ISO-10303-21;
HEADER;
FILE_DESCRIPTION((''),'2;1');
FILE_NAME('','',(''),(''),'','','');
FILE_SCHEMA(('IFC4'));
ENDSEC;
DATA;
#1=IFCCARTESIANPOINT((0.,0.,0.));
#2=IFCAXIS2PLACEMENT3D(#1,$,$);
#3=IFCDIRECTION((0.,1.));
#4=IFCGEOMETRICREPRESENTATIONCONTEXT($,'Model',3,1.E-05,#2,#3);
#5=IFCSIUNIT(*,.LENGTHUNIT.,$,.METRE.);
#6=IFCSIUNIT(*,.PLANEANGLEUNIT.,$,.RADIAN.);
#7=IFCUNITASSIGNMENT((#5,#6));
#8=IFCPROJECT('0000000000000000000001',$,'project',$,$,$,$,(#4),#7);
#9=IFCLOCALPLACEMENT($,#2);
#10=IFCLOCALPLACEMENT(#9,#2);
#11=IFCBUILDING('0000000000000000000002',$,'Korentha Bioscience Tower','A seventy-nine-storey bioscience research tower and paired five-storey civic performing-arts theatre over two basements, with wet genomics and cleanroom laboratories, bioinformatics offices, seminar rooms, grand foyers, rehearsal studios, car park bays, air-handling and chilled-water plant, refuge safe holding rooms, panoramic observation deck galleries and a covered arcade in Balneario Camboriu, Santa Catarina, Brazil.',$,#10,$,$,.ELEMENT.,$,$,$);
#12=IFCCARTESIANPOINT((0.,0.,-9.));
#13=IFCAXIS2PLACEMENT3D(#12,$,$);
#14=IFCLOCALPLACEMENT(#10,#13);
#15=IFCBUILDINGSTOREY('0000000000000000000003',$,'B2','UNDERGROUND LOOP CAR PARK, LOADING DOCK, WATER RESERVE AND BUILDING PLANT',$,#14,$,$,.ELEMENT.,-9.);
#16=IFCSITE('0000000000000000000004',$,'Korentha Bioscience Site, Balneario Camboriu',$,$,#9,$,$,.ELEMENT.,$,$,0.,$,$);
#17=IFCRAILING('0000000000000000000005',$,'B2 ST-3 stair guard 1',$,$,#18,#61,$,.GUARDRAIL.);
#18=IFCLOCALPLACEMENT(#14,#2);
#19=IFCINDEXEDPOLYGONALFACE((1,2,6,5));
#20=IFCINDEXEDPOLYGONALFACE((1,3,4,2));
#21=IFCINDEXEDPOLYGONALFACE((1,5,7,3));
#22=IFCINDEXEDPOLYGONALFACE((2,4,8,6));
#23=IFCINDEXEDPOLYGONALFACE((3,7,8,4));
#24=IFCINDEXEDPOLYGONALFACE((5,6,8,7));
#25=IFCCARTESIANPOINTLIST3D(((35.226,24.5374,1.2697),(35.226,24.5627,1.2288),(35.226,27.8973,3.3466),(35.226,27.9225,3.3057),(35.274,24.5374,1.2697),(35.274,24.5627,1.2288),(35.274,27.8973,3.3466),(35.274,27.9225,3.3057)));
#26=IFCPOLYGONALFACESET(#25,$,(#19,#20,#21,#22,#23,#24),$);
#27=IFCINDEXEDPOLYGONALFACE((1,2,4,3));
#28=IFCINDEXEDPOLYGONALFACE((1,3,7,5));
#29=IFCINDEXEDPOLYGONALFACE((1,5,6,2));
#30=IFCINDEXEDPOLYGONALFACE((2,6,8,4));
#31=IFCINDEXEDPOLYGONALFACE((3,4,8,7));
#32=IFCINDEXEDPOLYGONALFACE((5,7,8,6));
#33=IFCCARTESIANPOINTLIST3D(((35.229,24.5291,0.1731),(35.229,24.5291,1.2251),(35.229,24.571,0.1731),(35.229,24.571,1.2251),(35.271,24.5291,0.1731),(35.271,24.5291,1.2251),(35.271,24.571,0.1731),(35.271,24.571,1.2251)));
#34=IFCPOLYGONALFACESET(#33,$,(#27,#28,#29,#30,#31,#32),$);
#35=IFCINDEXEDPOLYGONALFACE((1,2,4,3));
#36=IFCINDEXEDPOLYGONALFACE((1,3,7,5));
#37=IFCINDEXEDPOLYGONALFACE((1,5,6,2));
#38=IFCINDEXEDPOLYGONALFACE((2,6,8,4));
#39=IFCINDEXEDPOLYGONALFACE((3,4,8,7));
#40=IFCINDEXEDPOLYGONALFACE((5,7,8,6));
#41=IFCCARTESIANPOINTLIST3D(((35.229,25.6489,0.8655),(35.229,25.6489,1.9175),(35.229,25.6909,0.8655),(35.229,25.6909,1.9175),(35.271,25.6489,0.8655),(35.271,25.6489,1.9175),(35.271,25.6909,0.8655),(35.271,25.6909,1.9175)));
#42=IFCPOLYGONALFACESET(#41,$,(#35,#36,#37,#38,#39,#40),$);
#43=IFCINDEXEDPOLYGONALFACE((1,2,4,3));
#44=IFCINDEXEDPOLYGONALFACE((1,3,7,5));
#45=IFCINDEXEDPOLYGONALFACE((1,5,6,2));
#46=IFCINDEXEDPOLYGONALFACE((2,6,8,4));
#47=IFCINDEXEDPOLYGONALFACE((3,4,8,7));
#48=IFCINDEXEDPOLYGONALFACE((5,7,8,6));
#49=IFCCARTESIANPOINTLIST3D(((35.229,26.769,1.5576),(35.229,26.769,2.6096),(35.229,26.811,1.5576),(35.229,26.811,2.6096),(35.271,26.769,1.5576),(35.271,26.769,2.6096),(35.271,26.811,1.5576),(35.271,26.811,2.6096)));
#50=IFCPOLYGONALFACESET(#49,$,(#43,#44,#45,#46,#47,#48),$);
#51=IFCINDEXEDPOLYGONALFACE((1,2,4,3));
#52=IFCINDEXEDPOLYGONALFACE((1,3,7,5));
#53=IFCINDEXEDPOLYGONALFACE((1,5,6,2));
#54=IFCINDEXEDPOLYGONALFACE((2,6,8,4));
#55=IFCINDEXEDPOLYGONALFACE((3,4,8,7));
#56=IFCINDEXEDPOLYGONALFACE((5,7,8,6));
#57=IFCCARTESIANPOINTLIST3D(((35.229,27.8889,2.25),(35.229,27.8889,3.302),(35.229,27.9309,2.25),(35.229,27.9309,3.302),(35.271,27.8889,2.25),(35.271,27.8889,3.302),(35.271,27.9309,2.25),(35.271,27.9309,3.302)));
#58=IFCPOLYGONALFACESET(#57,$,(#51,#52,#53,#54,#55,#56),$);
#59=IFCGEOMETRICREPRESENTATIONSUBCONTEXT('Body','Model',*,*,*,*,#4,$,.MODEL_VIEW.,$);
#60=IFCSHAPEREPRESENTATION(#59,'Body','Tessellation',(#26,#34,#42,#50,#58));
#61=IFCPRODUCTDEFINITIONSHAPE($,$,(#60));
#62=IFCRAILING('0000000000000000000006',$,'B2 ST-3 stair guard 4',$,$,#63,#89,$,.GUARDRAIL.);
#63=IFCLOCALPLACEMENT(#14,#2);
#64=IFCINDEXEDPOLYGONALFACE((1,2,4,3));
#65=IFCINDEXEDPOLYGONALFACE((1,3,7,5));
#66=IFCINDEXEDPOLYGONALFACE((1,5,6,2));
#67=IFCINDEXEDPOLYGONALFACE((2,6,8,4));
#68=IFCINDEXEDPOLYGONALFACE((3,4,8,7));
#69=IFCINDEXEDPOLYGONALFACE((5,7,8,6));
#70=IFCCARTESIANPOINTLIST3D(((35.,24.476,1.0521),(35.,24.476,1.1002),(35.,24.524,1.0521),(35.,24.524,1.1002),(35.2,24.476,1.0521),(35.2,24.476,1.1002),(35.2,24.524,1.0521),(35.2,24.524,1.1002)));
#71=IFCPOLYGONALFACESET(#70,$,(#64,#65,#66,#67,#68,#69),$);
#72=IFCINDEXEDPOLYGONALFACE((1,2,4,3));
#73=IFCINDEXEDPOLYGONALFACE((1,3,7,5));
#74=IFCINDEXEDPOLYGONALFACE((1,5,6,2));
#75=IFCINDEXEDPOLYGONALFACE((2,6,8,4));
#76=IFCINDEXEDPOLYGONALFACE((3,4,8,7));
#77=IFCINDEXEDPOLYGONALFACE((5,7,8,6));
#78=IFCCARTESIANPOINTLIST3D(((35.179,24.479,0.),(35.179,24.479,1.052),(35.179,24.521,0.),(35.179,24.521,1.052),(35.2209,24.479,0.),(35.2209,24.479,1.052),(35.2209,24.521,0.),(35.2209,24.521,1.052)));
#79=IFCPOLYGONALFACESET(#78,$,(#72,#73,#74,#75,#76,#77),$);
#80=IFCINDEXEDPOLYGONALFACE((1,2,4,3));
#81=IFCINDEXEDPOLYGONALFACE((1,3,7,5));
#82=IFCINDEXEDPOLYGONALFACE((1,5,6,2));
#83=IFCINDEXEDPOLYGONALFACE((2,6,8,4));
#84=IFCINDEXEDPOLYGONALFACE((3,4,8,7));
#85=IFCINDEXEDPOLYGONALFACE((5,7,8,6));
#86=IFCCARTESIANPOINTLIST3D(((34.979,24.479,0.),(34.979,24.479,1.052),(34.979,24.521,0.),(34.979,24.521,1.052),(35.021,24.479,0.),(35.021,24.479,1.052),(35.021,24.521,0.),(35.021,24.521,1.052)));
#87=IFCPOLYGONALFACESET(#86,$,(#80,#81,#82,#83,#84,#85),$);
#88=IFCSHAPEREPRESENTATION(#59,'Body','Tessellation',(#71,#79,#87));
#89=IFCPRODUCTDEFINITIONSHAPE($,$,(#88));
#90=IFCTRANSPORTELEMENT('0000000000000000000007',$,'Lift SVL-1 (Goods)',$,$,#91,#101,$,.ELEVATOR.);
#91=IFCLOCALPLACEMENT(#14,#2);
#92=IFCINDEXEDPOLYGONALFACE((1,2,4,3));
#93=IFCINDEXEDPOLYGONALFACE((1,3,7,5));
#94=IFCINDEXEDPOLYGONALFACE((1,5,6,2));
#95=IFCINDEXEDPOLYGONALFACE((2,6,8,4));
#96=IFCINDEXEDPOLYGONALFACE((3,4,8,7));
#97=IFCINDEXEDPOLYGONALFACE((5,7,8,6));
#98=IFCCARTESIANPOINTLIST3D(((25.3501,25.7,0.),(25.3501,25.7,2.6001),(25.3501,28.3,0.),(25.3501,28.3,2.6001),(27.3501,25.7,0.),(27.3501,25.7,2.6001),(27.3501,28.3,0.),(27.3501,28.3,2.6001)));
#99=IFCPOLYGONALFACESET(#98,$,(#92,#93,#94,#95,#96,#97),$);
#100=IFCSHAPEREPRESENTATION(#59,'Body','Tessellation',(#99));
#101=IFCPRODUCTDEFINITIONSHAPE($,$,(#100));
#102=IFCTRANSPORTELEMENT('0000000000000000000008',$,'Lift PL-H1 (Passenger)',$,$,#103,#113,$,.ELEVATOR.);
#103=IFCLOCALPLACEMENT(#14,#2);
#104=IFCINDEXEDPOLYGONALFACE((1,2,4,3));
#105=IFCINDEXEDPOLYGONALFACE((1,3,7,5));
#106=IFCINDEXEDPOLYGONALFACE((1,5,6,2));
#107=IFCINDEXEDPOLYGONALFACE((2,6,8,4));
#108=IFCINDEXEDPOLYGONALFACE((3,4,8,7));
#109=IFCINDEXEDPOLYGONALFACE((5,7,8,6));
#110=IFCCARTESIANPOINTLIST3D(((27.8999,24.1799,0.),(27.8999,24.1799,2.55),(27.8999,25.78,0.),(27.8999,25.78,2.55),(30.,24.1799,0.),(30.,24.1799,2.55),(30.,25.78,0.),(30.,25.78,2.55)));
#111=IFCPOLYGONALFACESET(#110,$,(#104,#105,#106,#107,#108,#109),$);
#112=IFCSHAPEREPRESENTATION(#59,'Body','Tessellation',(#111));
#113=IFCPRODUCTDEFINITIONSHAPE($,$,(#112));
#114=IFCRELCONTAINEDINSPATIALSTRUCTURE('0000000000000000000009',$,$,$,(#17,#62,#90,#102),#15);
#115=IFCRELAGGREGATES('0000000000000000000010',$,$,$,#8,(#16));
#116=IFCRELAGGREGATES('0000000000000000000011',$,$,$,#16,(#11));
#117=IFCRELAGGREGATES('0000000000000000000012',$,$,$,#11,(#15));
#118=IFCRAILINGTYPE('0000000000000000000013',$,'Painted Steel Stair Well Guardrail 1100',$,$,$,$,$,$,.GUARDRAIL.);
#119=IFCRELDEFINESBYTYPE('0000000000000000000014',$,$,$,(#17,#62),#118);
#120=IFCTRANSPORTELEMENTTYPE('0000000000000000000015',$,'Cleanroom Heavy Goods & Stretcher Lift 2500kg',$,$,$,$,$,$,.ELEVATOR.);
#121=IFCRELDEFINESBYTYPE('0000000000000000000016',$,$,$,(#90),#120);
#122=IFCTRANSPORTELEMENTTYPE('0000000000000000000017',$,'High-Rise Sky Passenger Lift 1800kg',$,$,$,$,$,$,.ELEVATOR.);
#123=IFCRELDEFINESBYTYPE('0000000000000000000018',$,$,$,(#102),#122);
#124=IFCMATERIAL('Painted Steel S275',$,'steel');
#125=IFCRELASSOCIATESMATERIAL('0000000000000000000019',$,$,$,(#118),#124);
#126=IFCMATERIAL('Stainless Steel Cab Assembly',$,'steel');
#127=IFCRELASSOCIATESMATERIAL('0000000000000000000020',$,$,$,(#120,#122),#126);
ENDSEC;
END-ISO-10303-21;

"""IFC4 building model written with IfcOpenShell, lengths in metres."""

from ifc_helpers import new_model, si_unit, direction, frame, origin, origin_2d, place, context, subcontext, project, spatial, rectangle, extrude, material, type_object, element, save


model = new_model("IFC4")

# Units and contexts
model_context = context("Model", 3, precision=1e-05, world=origin(), true_north=direction((0.0, 1.0)))
body_context = subcontext(model_context, "Body", "Model", "MODEL_VIEW")
ifc_project = project(units=[si_unit("LENGTHUNIT", "METRE"), si_unit("PLANEANGLEUNIT", "RADIAN")], contexts=[model_context])

# Site, building, storey
site_placement = place(None, origin())
site = spatial("IfcSite", under=ifc_project, at=site_placement, Name="Korentha Bioscience Site, Balneario Camboriu", CompositionType="ELEMENT", RefElevation=0.0)
building_placement = place(site_placement, origin())
building = spatial("IfcBuilding", under=site, at=building_placement, Name="Korentha Bioscience Tower", Description="A seventy-nine-storey bioscience research tower and paired five-storey civic performing-arts theatre over two basements, with wet genomics and cleanroom laboratories, bioinformatics offices, seminar rooms, grand foyers, rehearsal studios, car park bays, air-handling and chilled-water plant, refuge safe holding rooms, panoramic observation deck galleries and a covered arcade in Balneario Camboriu, Santa Catarina, Brazil.", CompositionType="ELEMENT")
storey_placement = place(building_placement, frame((0.0, 0.0, -9.0)))
storey = spatial("IfcBuildingStorey", under=building, at=storey_placement, Name="B2", Description="UNDERGROUND LOOP CAR PARK, LOADING DOCK, WATER RESERVE AND BUILDING PLANT", CompositionType="ELEMENT", Elevation=-9.0)

# Railings
ifc_material_1 = material(Name="Painted Steel S275", Category="steel")
railing_type_1 = type_object("IfcRailingType", Name="Painted Steel Stair Well Guardrail 1100", PredefinedType="GUARDRAIL", material=ifc_material_1)
railing_1_placement = place(storey_placement, frame((35.25, 24.55, 0.1731)))
element("IfcRailing", 1, at=railing_1_placement, inside=storey, type_object=railing_type_1, Name="B2 ST-3 stair guard 1", PredefinedType="GUARDRAIL", context=body_context, shape_type="SweptSolid", body=[
    extrude(rectangle(XDim=0.0481, YDim=0.0481, at=origin_2d()), frame((0.0, 0.0, 1.0762), z_axis=(0.0, 0.850606, 0.525803), x_axis=(-1.0, 0.0, 0.0)), (0.0, 0.0, 1.0), 3.95),
    extrude(rectangle(XDim=0.042, YDim=0.042, at=origin_2d()), origin(), (0.0, 0.0, 1.0), 1.052),
    extrude(rectangle(XDim=0.042, YDim=0.042, at=origin_2d()), frame((0.0, 1.1199, 0.6924)), (0.0, 0.0, 1.0), 1.052),
    extrude(rectangle(XDim=0.042, YDim=0.042, at=origin_2d()), frame((0.0, 2.24, 1.3845)), (0.0, 0.0, 1.0), 1.052),
    extrude(rectangle(XDim=0.042, YDim=0.042, at=origin_2d()), frame((0.0, 3.3599, 2.0769)), (0.0, 0.0, 1.0), 1.052),
])
railing_2_placement = place(storey_placement, frame((35.2, 24.5, 0.0)))
element("IfcRailing", 2, at=railing_2_placement, inside=storey, type_object=railing_type_1, Name="B2 ST-3 stair guard 4", PredefinedType="GUARDRAIL", context=body_context, shape_type="SweptSolid", body=[
    extrude(rectangle(XDim=0.0481, YDim=0.0481, at=origin_2d()), frame((0.0, 0.0, 1.0762), z_axis=(-1.0, 0.0, 0.0), x_axis=(0.0, -1.0, 0.0)), (0.0, 0.0, 1.0), 0.2),
    extrude(rectangle(XDim=0.042, YDim=0.042, at=origin_2d()), origin(), (0.0, 0.0, 1.0), 1.052),
    extrude(rectangle(XDim=0.042, YDim=0.042, at=origin_2d()), frame((-0.2, 0.0, 0.0)), (0.0, 0.0, 1.0), 1.052),
])

# Transport elements
ifc_material_2 = material(Name="Stainless Steel Cab Assembly", Category="steel")
transport_element_type_1 = type_object("IfcTransportElementType", Name="Cleanroom Heavy Goods & Stretcher Lift 2500kg", PredefinedType="ELEVATOR", material=ifc_material_2)
transport_element_1_placement = place(storey_placement, frame((26.3501, 27.0, 0.0), z_axis=(0.0, 0.0, 1.0), x_axis=(1.0, 0.0, 0.0)))
element("IfcTransportElement", 3, at=transport_element_1_placement, inside=storey, type_object=transport_element_type_1, Name="Lift SVL-1 (Goods)", PredefinedType="ELEVATOR", context=body_context, shape_type="SweptSolid", body=[
    extrude(rectangle(XDim=2.0, YDim=2.6001, at=origin_2d()), origin(), (0.0, 0.0, 1.0), 2.6001),
])
transport_element_type_2 = type_object("IfcTransportElementType", Name="High-Rise Sky Passenger Lift 1800kg", PredefinedType="ELEVATOR", material=ifc_material_2)
transport_element_2_placement = place(storey_placement, frame((28.95, 24.98, 0.0), z_axis=(0.0, 0.0, 1.0), x_axis=(0.0, 1.0, 0.0)))
element("IfcTransportElement", 4, at=transport_element_2_placement, inside=storey, type_object=transport_element_type_2, Name="Lift PL-H1 (Passenger)", PredefinedType="ELEVATOR", context=body_context, shape_type="SweptSolid", body=[
    extrude(rectangle(XDim=1.6001, YDim=2.1001, at=origin_2d()), origin(), (0.0, 0.0, 1.0), 2.55),
])

save(model, "model.ifc")
